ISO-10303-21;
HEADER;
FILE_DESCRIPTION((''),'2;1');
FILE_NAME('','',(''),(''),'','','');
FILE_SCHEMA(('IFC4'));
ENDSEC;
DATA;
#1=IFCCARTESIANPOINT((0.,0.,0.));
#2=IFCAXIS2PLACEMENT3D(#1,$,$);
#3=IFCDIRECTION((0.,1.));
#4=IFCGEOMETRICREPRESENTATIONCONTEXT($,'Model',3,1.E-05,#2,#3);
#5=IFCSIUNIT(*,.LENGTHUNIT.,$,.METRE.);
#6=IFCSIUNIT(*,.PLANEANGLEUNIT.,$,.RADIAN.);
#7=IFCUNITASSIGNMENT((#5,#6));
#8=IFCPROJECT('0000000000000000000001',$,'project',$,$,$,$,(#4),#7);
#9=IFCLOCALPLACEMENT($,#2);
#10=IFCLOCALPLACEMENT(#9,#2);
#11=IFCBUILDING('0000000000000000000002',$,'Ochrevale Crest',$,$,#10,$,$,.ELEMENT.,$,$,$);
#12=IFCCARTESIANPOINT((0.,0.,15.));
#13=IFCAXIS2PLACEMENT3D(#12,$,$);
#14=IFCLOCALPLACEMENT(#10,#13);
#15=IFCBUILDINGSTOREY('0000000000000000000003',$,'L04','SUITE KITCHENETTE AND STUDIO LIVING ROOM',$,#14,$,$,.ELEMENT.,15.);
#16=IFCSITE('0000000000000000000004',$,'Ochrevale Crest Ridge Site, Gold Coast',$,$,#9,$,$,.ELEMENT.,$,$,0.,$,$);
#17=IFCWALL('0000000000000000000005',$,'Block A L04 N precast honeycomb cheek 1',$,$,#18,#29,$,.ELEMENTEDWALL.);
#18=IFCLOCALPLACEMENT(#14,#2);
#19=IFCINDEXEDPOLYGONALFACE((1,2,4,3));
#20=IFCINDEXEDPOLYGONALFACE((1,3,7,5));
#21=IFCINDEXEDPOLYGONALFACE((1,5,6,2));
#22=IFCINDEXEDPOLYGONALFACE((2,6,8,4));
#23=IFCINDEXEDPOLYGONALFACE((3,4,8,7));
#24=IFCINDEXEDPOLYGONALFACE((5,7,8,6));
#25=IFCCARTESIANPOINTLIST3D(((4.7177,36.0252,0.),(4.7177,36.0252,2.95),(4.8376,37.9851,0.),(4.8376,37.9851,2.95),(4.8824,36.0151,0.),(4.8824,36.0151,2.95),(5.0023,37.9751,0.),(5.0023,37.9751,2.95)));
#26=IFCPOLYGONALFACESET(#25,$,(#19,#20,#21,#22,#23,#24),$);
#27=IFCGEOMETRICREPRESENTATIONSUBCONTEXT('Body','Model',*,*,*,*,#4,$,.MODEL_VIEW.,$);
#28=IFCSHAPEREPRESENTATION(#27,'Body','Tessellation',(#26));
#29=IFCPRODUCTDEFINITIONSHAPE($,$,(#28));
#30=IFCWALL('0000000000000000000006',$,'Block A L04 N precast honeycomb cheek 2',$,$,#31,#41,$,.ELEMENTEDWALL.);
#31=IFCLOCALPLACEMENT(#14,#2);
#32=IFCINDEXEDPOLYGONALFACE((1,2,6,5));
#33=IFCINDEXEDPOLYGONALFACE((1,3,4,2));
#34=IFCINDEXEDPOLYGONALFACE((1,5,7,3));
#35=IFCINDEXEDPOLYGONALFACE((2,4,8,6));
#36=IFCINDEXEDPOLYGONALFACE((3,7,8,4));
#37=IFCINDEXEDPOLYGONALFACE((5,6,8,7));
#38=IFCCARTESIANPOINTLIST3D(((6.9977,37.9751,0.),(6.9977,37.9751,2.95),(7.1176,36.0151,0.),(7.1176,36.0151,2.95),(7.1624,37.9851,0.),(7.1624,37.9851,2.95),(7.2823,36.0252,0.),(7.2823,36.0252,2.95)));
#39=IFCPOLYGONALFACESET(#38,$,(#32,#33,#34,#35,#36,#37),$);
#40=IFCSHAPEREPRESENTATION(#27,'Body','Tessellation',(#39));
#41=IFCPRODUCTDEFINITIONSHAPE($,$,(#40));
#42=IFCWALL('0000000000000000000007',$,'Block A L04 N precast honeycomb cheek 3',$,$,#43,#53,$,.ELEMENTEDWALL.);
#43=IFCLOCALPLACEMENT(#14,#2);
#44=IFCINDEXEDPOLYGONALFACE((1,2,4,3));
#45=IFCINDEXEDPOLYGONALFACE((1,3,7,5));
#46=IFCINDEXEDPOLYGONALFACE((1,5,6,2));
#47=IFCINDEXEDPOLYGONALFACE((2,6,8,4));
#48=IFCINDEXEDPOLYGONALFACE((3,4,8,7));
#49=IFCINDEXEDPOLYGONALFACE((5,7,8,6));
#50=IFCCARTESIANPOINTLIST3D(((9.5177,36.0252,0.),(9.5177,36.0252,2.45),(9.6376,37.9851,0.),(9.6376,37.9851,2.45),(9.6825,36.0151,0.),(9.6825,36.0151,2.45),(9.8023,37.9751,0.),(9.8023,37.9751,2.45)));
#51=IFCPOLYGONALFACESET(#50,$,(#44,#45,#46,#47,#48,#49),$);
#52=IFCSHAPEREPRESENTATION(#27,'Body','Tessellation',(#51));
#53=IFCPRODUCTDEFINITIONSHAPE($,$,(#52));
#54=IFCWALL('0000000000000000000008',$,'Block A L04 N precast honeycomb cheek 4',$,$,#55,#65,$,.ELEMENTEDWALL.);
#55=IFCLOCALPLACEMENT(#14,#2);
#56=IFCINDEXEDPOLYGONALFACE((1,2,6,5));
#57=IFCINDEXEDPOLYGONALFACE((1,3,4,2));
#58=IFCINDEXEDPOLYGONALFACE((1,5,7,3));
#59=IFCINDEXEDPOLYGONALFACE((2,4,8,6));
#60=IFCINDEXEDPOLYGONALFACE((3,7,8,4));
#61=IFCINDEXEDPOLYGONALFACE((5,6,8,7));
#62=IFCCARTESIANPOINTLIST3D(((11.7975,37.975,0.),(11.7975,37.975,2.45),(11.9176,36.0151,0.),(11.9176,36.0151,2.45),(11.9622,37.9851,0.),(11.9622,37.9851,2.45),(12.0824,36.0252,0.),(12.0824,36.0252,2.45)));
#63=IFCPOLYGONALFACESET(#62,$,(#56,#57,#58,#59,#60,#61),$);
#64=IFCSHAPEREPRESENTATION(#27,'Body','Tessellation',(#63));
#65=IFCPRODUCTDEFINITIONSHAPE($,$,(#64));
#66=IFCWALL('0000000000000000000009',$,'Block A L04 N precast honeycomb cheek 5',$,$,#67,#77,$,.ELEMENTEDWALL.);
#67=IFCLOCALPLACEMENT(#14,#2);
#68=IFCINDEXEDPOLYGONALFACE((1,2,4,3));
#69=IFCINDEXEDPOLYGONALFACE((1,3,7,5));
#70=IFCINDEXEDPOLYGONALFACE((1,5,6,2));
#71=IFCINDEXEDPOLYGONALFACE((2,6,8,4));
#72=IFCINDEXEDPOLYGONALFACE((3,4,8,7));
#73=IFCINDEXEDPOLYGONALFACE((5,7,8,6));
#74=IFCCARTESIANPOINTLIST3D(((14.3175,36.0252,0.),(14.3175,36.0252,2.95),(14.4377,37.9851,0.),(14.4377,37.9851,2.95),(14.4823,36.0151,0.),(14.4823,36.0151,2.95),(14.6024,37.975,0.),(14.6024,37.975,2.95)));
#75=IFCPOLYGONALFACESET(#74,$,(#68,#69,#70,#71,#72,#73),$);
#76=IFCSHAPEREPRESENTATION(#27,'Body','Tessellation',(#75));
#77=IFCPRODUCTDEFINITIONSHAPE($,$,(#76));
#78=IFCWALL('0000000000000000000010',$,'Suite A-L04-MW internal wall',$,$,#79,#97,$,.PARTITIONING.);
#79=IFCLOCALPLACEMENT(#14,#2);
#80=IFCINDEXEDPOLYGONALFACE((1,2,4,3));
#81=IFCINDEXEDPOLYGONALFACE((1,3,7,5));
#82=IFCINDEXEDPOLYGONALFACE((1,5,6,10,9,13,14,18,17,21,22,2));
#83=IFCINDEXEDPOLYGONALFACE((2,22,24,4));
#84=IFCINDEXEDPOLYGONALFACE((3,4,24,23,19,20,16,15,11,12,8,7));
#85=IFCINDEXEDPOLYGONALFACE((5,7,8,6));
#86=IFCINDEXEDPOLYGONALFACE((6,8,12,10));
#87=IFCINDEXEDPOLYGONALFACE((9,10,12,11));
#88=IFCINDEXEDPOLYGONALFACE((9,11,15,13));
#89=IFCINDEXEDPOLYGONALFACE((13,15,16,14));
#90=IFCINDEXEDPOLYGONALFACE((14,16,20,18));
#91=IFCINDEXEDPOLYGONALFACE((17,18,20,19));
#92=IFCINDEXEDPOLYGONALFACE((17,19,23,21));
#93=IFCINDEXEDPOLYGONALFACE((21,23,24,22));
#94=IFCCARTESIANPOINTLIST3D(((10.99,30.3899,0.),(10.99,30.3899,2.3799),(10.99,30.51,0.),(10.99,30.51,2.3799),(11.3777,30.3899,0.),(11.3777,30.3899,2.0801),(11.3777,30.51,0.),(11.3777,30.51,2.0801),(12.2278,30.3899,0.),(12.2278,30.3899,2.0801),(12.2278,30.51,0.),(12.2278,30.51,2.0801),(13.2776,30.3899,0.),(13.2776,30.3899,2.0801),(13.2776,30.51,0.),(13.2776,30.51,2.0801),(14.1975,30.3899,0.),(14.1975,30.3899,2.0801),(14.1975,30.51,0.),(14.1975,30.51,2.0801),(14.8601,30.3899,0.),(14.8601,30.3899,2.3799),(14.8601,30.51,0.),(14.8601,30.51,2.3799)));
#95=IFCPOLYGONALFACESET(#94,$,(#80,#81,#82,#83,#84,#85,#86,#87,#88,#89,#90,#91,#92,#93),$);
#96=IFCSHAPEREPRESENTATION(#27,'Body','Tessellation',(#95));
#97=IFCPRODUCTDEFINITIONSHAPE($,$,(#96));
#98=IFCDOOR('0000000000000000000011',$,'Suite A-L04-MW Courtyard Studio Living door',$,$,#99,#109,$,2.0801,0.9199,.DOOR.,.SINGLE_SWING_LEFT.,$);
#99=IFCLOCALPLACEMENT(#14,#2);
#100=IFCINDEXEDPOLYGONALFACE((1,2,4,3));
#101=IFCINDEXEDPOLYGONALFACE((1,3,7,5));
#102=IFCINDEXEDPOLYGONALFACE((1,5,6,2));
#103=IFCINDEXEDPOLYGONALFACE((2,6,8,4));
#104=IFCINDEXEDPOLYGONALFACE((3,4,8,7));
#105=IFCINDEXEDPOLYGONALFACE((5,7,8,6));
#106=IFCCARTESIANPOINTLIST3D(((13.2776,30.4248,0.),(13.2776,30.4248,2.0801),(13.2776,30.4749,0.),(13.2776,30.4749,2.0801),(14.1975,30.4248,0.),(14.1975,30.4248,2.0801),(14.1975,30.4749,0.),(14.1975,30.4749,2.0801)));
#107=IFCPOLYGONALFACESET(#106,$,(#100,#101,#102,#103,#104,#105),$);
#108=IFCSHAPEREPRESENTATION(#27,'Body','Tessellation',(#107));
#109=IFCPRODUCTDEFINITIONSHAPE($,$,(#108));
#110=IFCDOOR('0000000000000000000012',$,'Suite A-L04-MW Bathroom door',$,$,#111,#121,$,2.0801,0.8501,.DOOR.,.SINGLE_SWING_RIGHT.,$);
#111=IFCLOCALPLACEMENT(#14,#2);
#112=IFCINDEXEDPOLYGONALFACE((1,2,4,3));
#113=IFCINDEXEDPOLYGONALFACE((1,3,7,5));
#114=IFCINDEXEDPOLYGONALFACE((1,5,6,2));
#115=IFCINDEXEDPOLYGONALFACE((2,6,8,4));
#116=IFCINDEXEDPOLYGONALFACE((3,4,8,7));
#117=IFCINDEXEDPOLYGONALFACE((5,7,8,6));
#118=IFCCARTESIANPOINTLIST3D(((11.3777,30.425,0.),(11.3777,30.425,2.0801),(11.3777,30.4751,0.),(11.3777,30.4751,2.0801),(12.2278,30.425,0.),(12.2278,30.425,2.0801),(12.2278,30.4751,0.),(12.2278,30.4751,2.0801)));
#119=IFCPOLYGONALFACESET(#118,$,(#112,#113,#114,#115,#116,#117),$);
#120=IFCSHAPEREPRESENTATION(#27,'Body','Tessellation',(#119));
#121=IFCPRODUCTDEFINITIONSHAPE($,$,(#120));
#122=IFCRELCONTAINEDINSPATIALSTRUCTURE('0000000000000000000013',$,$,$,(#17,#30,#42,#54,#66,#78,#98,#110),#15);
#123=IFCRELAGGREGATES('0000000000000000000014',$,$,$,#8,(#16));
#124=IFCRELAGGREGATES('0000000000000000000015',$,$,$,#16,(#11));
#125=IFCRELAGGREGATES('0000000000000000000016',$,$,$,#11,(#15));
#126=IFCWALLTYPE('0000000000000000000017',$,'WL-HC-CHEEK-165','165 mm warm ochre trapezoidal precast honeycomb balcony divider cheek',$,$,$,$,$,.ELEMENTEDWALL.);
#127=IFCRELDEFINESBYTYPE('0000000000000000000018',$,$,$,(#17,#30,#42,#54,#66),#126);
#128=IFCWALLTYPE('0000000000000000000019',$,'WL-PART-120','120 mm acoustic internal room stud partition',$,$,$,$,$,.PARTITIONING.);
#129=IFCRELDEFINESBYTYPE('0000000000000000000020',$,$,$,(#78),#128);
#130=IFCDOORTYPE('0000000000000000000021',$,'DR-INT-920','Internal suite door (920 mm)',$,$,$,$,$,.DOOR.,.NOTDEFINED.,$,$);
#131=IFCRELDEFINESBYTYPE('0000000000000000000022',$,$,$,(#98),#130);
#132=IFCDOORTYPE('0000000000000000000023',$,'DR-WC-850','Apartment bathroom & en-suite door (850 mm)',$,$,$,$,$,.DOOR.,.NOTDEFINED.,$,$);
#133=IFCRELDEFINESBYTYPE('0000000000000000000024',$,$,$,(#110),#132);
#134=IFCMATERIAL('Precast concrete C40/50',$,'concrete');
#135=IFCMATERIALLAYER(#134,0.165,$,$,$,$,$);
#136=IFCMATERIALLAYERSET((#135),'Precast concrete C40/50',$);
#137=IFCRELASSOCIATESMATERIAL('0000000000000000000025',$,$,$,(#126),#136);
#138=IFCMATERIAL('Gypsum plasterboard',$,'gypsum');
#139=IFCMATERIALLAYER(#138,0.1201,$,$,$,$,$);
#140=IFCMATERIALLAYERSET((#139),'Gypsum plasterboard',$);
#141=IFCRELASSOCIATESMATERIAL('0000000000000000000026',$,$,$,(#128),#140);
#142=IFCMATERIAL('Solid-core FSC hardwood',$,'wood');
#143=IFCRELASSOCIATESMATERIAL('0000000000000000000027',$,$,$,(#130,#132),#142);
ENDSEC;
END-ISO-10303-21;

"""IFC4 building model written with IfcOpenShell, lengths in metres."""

from ifc_helpers import new_model, si_unit, direction, frame, frame_2d, origin, place, context, subcontext, project, spatial, rectangle, extrude, material, layer, layer_set, type_object, element, fill, save


model = new_model("IFC4")

# Units and contexts
model_context = context("Model", 3, precision=1e-05, world=origin(), true_north=direction((0.0, 1.0)))
body_context = subcontext(model_context, "Body", "Model", "MODEL_VIEW")
ifc_project = project(units=[si_unit("LENGTHUNIT", "METRE"), si_unit("PLANEANGLEUNIT", "RADIAN")], contexts=[model_context])

# Site, building, storey
site_placement = place(None, origin())
site = spatial("IfcSite", under=ifc_project, at=site_placement, Name="Ochrevale Crest Ridge Site, Gold Coast", CompositionType="ELEMENT", RefElevation=0.0)
building_placement = place(site_placement, origin())
building = spatial("IfcBuilding", under=site, at=building_placement, Name="Ochrevale Crest", CompositionType="ELEMENT")
storey_placement = place(building_placement, frame((0.0, 0.0, 15.0)))
storey = spatial("IfcBuildingStorey", under=building, at=storey_placement, Name="L04", Description="SUITE KITCHENETTE AND STUDIO LIVING ROOM", CompositionType="ELEMENT", Elevation=15.0)

# Shared definitions
ifc_material_1 = material(Name="Precast concrete C40/50", Category="concrete")

# Walls
ifc_layer_1 = layer(ifc_material_1, 0.165)
ifc_layer_set_1 = layer_set([ifc_layer_1], Name="Precast concrete C40/50")
wall_type_1 = type_object("IfcWallType", Name="WL-HC-CHEEK-165", Description="165 mm warm ochre trapezoidal precast honeycomb balcony divider cheek", PredefinedType="ELEMENTEDWALL", material=ifc_layer_set_1)
for number, where, z_axis, x_axis, name in (
    (1, (4.8, 36.02, 0.0), (0.0, 0.0, 1.0), (0.061047, 0.998135, 0.0), "Block A L04 N precast honeycomb cheek 1"),
    (2, (7.2, 36.02, 0.0), (0.0, 0.0, 1.0), (-0.061047, 0.998135, 0.0), "Block A L04 N precast honeycomb cheek 2"),
):
    element("IfcWall", number, at=place(storey_placement, frame(where, z_axis=z_axis, x_axis=x_axis)), inside=storey, type_object=wall_type_1, Name=name, PredefinedType="ELEMENTEDWALL", context=body_context, shape_type="SweptSolid", body=[
        extrude(rectangle(XDim=1.9636, YDim=0.165, at=frame_2d((0.9819, 0.0))), origin(), (0.0, 0.0, 1.0), 2.95),
    ])
for number, where, z_axis, x_axis, name in (
    (3, (9.6001, 36.02, 0.0), (0.0, 0.0, 1.0), (0.061047, 0.998135, 0.0), "Block A L04 N precast honeycomb cheek 3"),
    (4, (12.0, 36.02, 0.0), (0.0, 0.0, 1.0), (-0.061171, 0.998127, 0.0), "Block A L04 N precast honeycomb cheek 4"),
):
    element("IfcWall", number, at=place(storey_placement, frame(where, z_axis=z_axis, x_axis=x_axis)), inside=storey, type_object=wall_type_1, Name=name, PredefinedType="ELEMENTEDWALL", context=body_context, shape_type="SweptSolid", body=[
        extrude(rectangle(XDim=1.9636, YDim=0.165, at=frame_2d((0.9819, 0.0))), origin(), (0.0, 0.0, 1.0), 2.45),
    ])
wall_1_placement = place(storey_placement, frame((14.3999, 36.02, 0.0), z_axis=(0.0, 0.0, 1.0), x_axis=(0.061171, 0.998127, 0.0)))
element("IfcWall", 5, at=wall_1_placement, inside=storey, type_object=wall_type_1, Name="Block A L04 N precast honeycomb cheek 5", PredefinedType="ELEMENTEDWALL", context=body_context, shape_type="SweptSolid", body=[
    extrude(rectangle(XDim=1.9636, YDim=0.165, at=frame_2d((0.9819, 0.0))), origin(), (0.0, 0.0, 1.0), 2.95),
])

# Wall, openings, doors
ifc_material_2 = material(Name="Gypsum plasterboard", Category="gypsum")
ifc_layer_2 = layer(ifc_material_2, 0.1201)
ifc_layer_set_2 = layer_set([ifc_layer_2], Name="Gypsum plasterboard")
wall_type_2 = type_object("IfcWallType", Name="WL-PART-120", Description="120 mm acoustic internal room stud partition", PredefinedType="PARTITIONING", material=ifc_layer_set_2)
wall_2_placement = place(storey_placement, frame((10.99, 30.45, 0.0), z_axis=(0.0, 0.0, 1.0), x_axis=(1.0, 0.0, 0.0)))
wall_2 = element("IfcWall", 6, at=wall_2_placement, inside=storey, type_object=wall_type_2, Name="Suite A-L04-MW internal wall", PredefinedType="PARTITIONING", context=body_context, shape_type="SweptSolid", body=[
    extrude(rectangle(XDim=3.8701, YDim=0.1201, at=frame_2d((1.9351, 0.0))), origin(), (0.0, 0.0, 1.0), 2.3799),
])
opening_1_placement = place(wall_2_placement, frame((1.2378, 0.0, 0.0), z_axis=(0.0, 0.0, 1.0), x_axis=(-1.0, 0.0, 0.0)))
opening_1 = element("IfcOpeningElement", 7, at=opening_1_placement, cuts=wall_2, PredefinedType="OPENING", context=body_context, shape_type="SweptSolid", body=[
    extrude(rectangle(XDim=0.8501, YDim=2.0801, at=frame_2d((0.425, 1.04))), frame((0.0, 0.0701, 0.0), z_axis=(0.0, -1.0, 0.0), x_axis=(1.0, 0.0, 0.0)), (0.0, 0.0, 1.0), 0.1401),
])
opening_2_placement = place(wall_2_placement, frame((2.2876, 0.0, 0.0)))
opening_2 = element("IfcOpeningElement", 8, at=opening_2_placement, cuts=wall_2, PredefinedType="OPENING", context=body_context, shape_type="SweptSolid", body=[
    extrude(rectangle(XDim=0.9199, YDim=2.0801, at=frame_2d((0.46, 1.04))), frame((0.0, 0.0701, 0.0), z_axis=(0.0, -1.0, 0.0), x_axis=(1.0, 0.0, 0.0)), (0.0, 0.0, 1.0), 0.1401),
])
ifc_material_3 = material(Name="Solid-core FSC hardwood", Category="wood")
door_type_1 = type_object("IfcDoorType", Name="DR-INT-920", Description="Internal suite door (920 mm)", OperationType="NOTDEFINED", PredefinedType="DOOR", material=ifc_material_3)
door_1_placement = place(opening_2_placement, origin())
door_1 = element("IfcDoor", 9, at=door_1_placement, inside=storey, type_object=door_type_1, Name="Suite A-L04-MW Courtyard Studio Living door", OperationType="SINGLE_SWING_LEFT", OverallHeight=2.0801, OverallWidth=0.9199, PredefinedType="DOOR", context=body_context, shape_type="SweptSolid", body=[
    extrude(rectangle(XDim=0.9199, YDim=2.0801, at=frame_2d((0.46, 1.04))), frame((0.0, 0.0249, 0.0), z_axis=(0.0, -1.0, 0.0), x_axis=(1.0, 0.0, 0.0)), (0.0, 0.0, 1.0), 0.05),
])
fill(opening_2, door_1)
door_type_2 = type_object("IfcDoorType", Name="DR-WC-850", Description="Apartment bathroom & en-suite door (850 mm)", OperationType="NOTDEFINED", PredefinedType="DOOR", material=ifc_material_3)
door_2_placement = place(opening_1_placement, origin())
door_2 = element("IfcDoor", 10, at=door_2_placement, inside=storey, type_object=door_type_2, Name="Suite A-L04-MW Bathroom door", OperationType="SINGLE_SWING_RIGHT", OverallHeight=2.0801, OverallWidth=0.8501, PredefinedType="DOOR", context=body_context, shape_type="SweptSolid", body=[
    extrude(rectangle(XDim=0.8501, YDim=2.0801, at=frame_2d((0.425, 1.04))), frame((0.0, 0.0249, 0.0), z_axis=(0.0, -1.0, 0.0), x_axis=(1.0, 0.0, 0.0)), (0.0, 0.0, 1.0), 0.05),
])
fill(opening_1, door_2)

save(model, "model.ifc")
